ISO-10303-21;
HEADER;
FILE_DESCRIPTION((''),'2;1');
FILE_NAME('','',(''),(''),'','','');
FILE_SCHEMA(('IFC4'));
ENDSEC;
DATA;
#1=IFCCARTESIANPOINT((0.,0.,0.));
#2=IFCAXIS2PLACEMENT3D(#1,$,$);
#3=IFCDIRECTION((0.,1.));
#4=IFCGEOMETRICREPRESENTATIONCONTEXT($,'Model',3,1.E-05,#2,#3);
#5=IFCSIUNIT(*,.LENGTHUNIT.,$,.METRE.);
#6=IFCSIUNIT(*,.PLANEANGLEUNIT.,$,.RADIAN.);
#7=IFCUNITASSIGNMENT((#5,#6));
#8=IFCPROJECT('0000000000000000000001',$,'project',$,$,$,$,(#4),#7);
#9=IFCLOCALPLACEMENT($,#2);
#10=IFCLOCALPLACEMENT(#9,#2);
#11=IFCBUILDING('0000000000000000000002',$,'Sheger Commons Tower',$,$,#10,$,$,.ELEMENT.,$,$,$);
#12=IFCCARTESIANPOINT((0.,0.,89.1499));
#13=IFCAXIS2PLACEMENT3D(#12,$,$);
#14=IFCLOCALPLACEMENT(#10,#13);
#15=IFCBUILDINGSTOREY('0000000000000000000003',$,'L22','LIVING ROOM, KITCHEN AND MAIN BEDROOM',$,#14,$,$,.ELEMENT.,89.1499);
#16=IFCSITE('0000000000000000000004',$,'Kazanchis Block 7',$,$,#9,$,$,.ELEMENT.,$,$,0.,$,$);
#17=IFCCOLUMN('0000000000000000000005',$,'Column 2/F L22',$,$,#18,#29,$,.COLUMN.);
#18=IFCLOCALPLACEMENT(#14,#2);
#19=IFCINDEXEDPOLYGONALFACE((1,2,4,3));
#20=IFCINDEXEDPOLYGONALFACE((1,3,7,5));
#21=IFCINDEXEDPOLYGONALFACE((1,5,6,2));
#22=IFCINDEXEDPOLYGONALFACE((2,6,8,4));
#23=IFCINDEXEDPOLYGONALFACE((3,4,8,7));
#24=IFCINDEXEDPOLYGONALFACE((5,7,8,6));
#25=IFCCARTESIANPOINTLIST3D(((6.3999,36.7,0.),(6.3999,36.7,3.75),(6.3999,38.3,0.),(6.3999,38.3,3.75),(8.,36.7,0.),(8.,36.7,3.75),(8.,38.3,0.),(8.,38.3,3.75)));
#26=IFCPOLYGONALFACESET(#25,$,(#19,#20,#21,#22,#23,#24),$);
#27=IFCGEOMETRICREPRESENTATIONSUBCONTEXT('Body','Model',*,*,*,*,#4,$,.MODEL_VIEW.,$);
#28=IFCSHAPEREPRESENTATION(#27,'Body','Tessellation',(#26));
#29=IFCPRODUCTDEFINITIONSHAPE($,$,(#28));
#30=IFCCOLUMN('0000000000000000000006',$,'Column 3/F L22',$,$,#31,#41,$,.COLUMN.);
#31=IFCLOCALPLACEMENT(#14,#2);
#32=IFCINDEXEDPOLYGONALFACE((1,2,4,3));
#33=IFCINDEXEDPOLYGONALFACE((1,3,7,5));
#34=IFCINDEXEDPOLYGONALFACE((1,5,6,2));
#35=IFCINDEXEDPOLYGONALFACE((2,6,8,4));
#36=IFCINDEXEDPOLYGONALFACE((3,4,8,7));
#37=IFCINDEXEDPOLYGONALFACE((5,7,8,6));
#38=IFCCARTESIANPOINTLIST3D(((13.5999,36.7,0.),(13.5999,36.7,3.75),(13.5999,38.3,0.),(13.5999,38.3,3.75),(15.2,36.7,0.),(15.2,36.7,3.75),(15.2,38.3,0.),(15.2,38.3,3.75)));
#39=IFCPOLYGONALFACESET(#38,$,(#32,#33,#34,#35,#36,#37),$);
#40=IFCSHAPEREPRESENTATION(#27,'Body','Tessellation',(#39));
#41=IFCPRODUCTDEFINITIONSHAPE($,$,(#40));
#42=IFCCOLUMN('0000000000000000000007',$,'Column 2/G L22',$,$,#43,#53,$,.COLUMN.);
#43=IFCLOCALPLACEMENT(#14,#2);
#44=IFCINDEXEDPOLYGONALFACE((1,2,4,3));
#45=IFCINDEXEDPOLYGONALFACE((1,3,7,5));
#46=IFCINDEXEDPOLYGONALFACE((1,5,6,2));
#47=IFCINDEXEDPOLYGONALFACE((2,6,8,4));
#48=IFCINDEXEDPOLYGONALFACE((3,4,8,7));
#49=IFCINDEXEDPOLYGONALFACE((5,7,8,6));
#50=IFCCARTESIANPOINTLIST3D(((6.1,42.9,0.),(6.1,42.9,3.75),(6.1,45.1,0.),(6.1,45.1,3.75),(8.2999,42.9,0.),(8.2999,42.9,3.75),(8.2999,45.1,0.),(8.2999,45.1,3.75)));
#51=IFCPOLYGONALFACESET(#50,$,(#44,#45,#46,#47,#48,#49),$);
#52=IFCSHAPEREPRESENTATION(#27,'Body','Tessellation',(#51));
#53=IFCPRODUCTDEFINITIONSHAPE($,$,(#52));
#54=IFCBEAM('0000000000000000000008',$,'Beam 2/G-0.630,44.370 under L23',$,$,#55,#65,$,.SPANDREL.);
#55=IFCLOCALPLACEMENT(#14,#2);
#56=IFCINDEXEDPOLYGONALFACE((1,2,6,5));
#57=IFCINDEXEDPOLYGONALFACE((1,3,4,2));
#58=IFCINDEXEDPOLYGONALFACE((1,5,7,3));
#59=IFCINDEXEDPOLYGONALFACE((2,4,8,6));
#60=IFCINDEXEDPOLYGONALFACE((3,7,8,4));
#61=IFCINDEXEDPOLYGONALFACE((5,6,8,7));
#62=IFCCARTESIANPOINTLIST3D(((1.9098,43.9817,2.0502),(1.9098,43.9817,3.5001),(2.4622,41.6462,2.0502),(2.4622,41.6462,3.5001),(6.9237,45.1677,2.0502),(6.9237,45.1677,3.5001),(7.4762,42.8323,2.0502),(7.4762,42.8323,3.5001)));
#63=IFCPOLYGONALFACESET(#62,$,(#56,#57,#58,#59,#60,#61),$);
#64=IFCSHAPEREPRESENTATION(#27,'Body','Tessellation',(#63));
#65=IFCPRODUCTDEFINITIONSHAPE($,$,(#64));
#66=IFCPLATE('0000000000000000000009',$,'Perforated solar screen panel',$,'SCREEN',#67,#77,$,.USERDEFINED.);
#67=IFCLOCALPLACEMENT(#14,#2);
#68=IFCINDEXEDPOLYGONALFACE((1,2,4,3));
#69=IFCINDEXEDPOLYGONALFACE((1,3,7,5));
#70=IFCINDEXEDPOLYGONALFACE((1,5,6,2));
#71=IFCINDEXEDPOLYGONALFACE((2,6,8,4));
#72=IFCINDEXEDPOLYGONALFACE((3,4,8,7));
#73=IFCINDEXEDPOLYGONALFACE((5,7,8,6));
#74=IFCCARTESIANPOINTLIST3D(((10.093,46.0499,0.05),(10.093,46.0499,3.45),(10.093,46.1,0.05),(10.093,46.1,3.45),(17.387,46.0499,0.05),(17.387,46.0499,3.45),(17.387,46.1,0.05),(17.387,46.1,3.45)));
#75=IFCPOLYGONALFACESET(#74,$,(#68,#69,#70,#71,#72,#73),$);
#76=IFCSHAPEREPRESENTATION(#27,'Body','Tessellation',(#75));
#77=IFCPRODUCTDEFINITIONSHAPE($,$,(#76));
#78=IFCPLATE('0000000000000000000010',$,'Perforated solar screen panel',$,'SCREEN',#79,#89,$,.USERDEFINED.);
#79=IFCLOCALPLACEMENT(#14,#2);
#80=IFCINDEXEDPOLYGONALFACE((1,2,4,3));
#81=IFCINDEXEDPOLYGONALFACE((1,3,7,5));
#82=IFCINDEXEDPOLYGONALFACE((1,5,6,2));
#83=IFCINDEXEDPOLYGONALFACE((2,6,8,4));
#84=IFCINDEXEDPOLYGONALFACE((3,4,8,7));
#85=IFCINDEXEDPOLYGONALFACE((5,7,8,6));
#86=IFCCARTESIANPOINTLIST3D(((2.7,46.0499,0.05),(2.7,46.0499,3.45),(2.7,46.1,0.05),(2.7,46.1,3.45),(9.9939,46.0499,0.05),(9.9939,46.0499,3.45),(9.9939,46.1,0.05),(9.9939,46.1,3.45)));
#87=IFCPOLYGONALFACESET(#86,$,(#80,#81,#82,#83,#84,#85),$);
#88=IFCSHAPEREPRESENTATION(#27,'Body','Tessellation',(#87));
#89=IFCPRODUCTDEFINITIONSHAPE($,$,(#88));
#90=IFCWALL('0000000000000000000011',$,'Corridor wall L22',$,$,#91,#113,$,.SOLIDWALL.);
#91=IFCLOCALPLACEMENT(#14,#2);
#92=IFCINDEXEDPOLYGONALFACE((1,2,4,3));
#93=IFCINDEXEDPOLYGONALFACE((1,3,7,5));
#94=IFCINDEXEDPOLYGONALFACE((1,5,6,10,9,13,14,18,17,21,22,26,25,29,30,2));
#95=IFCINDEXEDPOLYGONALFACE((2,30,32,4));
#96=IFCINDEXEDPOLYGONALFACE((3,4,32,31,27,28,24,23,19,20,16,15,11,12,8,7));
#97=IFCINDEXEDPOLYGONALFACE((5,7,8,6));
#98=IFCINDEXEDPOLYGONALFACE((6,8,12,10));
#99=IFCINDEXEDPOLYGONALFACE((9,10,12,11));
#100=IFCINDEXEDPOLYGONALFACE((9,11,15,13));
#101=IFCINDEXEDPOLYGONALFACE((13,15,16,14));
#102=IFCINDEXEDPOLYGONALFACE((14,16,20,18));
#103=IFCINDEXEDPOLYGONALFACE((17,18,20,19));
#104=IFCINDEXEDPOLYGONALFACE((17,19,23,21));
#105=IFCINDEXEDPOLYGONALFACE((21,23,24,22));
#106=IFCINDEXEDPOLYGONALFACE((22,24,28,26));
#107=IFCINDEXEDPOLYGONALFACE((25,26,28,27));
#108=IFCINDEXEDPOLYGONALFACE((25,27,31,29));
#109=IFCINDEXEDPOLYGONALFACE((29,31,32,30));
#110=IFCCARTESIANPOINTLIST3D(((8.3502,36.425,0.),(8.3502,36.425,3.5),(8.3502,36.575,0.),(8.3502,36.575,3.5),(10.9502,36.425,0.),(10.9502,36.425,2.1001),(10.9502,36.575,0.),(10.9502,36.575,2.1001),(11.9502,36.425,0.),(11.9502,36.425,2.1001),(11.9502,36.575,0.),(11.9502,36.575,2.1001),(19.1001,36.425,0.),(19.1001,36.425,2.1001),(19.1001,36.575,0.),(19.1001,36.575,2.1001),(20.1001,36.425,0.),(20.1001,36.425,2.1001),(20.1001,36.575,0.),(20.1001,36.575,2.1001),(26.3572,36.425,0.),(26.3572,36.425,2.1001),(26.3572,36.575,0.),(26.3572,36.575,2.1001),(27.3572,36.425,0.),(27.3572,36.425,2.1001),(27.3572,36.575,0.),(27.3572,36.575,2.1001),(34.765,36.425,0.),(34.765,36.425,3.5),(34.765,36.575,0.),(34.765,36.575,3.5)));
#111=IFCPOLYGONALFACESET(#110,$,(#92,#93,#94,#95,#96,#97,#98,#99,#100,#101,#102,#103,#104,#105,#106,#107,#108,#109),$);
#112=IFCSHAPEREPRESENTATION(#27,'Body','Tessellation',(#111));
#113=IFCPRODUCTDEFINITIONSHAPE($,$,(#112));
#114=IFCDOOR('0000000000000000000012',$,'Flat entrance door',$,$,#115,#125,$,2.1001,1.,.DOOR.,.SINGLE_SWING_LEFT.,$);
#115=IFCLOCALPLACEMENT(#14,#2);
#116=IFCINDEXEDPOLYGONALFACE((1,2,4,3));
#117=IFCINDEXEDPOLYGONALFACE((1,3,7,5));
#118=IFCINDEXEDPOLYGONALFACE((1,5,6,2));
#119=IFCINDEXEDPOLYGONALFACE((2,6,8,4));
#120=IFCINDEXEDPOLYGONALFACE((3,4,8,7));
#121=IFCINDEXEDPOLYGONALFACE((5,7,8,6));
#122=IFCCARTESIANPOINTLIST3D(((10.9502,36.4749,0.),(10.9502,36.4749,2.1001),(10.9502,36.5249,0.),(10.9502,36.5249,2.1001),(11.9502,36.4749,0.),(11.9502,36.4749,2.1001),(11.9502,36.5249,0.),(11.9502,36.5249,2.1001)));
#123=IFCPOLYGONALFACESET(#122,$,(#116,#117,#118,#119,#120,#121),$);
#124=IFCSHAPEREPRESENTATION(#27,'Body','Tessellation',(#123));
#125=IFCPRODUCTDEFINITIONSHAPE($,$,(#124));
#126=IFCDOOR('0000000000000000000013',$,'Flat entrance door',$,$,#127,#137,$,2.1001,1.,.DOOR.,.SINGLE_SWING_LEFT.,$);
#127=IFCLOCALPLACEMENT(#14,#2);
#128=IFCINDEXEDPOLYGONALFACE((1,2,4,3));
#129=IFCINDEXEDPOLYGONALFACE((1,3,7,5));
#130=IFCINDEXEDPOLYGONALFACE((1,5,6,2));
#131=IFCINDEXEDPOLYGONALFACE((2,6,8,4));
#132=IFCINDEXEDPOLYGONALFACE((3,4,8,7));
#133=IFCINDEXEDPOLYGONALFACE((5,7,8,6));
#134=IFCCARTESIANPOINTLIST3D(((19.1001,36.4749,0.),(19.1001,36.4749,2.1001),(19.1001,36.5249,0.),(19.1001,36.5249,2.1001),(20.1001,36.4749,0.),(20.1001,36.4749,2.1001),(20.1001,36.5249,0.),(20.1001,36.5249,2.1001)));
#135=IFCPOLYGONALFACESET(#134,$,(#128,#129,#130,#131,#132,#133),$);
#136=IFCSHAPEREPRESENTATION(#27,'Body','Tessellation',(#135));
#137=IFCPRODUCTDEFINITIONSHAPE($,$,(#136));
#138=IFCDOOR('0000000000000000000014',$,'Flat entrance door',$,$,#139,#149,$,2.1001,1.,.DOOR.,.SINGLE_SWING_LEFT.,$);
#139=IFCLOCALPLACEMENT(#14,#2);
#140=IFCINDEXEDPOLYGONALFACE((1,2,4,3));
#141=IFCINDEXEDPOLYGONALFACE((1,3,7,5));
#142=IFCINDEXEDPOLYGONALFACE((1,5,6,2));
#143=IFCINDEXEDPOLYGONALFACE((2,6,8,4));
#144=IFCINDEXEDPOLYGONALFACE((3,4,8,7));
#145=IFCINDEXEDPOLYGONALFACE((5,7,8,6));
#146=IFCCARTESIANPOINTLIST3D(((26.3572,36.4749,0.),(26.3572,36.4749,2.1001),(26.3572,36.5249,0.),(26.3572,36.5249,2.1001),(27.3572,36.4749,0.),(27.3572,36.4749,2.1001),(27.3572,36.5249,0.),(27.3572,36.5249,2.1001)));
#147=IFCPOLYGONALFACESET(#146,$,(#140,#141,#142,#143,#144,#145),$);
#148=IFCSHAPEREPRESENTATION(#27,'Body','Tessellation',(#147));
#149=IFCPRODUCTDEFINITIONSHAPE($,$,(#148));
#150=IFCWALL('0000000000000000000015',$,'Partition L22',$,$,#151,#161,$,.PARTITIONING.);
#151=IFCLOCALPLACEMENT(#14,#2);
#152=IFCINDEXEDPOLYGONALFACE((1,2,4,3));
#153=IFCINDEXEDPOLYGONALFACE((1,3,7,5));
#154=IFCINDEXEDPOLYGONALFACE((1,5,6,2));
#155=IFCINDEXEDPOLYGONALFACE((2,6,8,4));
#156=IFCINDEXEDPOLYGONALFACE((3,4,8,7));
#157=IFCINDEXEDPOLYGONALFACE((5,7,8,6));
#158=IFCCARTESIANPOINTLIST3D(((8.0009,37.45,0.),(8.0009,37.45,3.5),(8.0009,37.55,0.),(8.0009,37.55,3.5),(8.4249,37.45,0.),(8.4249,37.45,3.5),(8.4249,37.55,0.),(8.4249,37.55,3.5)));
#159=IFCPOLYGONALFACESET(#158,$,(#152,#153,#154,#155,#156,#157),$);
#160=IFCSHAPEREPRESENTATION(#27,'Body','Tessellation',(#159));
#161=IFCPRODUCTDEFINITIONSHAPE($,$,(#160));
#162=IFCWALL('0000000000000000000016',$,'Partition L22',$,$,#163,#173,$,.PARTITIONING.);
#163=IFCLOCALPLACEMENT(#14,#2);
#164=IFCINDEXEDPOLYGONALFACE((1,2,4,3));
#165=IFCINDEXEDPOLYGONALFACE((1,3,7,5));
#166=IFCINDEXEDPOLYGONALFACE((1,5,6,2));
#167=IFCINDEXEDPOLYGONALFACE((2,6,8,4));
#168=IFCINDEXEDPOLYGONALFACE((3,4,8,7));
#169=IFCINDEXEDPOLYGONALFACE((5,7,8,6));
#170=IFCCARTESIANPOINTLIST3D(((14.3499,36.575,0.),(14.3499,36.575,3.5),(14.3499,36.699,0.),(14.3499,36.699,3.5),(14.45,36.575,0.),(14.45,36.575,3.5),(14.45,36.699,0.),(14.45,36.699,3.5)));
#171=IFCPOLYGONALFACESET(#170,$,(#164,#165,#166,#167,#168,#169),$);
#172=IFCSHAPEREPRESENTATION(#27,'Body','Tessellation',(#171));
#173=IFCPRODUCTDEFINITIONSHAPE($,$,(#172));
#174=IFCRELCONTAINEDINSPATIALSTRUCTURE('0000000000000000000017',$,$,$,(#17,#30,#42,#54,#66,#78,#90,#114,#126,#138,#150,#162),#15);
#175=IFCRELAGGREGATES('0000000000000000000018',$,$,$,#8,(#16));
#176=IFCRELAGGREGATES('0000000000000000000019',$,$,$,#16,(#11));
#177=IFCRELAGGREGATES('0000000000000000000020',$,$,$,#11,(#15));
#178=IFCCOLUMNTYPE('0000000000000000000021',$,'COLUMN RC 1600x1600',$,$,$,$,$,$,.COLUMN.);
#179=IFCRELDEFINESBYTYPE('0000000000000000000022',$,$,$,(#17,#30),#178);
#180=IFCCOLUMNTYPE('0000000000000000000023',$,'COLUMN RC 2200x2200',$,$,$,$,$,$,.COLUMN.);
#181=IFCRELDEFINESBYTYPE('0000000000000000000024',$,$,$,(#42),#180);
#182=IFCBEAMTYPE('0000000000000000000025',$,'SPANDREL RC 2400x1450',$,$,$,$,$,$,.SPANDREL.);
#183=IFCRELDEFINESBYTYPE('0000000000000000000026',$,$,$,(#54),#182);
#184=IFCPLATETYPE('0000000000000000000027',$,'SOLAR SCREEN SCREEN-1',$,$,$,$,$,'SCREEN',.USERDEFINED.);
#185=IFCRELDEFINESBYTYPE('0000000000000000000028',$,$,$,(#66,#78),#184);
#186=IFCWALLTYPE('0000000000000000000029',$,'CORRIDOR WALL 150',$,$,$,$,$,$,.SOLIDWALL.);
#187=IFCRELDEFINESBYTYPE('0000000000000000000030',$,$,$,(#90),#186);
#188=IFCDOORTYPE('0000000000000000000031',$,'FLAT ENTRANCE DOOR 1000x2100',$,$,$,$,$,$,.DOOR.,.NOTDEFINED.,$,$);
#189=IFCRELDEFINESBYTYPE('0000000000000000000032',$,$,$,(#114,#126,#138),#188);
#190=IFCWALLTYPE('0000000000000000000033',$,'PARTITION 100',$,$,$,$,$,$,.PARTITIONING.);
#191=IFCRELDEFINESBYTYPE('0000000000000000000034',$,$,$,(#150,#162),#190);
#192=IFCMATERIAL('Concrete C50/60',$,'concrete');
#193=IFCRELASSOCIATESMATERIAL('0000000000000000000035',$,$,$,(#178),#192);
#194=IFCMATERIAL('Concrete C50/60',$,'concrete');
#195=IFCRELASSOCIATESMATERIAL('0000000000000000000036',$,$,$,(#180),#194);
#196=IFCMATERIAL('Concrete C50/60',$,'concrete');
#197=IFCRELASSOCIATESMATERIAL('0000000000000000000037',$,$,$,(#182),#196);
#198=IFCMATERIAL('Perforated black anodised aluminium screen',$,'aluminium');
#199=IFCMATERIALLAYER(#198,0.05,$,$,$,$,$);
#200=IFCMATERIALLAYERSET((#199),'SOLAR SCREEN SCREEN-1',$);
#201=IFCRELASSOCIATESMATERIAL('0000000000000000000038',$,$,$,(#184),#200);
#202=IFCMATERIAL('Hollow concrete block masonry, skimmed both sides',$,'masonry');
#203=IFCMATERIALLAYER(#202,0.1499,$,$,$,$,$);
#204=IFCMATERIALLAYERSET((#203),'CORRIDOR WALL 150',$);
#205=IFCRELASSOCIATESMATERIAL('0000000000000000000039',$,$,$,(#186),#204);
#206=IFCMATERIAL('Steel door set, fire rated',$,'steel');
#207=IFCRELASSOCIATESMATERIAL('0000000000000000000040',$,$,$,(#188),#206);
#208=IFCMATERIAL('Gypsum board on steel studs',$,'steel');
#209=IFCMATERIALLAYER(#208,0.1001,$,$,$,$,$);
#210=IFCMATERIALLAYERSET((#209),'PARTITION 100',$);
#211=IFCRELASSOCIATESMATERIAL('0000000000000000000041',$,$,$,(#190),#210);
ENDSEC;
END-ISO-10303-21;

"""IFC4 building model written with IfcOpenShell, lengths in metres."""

from ifc_helpers import new_model, si_unit, direction, frame, frame_2d, origin, origin_2d, place, context, subcontext, project, spatial, rectangle, extrude, material, layer, layer_set, material_profile, profile_set, type_object, element, fill, save


model = new_model("IFC4")

# Units and contexts
model_context = context("Model", 3, precision=1e-05, world=origin(), true_north=direction((0.0, 1.0)))
body_context = subcontext(model_context, "Body", "Model", "MODEL_VIEW")
ifc_project = project(units=[si_unit("LENGTHUNIT", "METRE"), si_unit("PLANEANGLEUNIT", "RADIAN")], contexts=[model_context])

# Site, building, storey
site_placement = place(None, origin())
site = spatial("IfcSite", under=ifc_project, at=site_placement, Name="Kazanchis Block 7", CompositionType="ELEMENT", RefElevation=0.0)
building_placement = place(site_placement, origin())
building = spatial("IfcBuilding", under=site, at=building_placement, Name="Sheger Commons Tower", CompositionType="ELEMENT")
storey_placement = place(building_placement, frame((0.0, 0.0, 89.1499)))
storey = spatial("IfcBuildingStorey", under=building, at=storey_placement, Name="L22", Description="LIVING ROOM, KITCHEN AND MAIN BEDROOM", CompositionType="ELEMENT", Elevation=89.1499)

# Columns
ifc_material_1 = material(Name="Concrete C50/60", Category="concrete")
ifc_material_profile_1 = material_profile(ifc_material_1, rectangle(XDim=1.6001, YDim=1.6001, at=origin_2d()), Name="RC 1600x1600")
ifc_profile_set_1 = profile_set([ifc_material_profile_1], Name="Concrete C50/60")
column_type_1 = type_object("IfcColumnType", Name="COLUMN RC 1600x1600", PredefinedType="COLUMN", material=ifc_profile_set_1)
for number, where, z_axis, x_axis, name in (
    (1, (7.2, 37.5, 0.0), (0.0, 0.0, 1.0), (1.0, 0.0, 0.0), "Column 2/F L22"),
    (2, (14.3999, 37.5, 0.0), (0.0, 0.0, 1.0), (1.0, 0.0, 0.0), "Column 3/F L22"),
):
    element("IfcColumn", number, at=place(storey_placement, frame(where, z_axis=z_axis, x_axis=x_axis)), inside=storey, type_object=column_type_1, Name=name, PredefinedType="COLUMN", context=body_context, shape_type="SweptSolid", body=[
        extrude(rectangle(XDim=1.6001, YDim=1.6001, at=origin_2d()), origin(), (0.0, 0.0, 1.0), 3.75),
    ])
ifc_material_2 = material(Name="Concrete C50/60", Category="concrete")
ifc_material_profile_2 = material_profile(ifc_material_2, rectangle(XDim=2.2, YDim=2.2, at=origin_2d()), Name="RC 2200x2200")
ifc_profile_set_2 = profile_set([ifc_material_profile_2], Name="Concrete C50/60")
column_type_2 = type_object("IfcColumnType", Name="COLUMN RC 2200x2200", PredefinedType="COLUMN", material=ifc_profile_set_2)
column_placement = place(storey_placement, frame((7.2, 44.0, 0.0), z_axis=(0.0, 0.0, 1.0), x_axis=(1.0, 0.0, 0.0)))
element("IfcColumn", 3, at=column_placement, inside=storey, type_object=column_type_2, Name="Column 2/G L22", PredefinedType="COLUMN", context=body_context, shape_type="SweptSolid", body=[
    extrude(rectangle(XDim=2.2, YDim=2.2, at=origin_2d()), origin(), (0.0, 0.0, 1.0), 3.75),
])

# Beam
ifc_material_3 = material(Name="Concrete C50/60", Category="concrete")
ifc_material_profile_3 = material_profile(ifc_material_3, rectangle(XDim=2.3999, YDim=1.45, at=origin_2d()), Name="RC 2400x1450")
ifc_profile_set_3 = profile_set([ifc_material_profile_3], Name="Concrete C50/60")
beam_type = type_object("IfcBeamType", Name="SPANDREL RC 2400x1450", PredefinedType="SPANDREL", material=ifc_profile_set_3)
beam_placement = place(storey_placement, frame((7.2, 44.0, 2.7751), z_axis=(-0.973144, -0.230196, 0.0), x_axis=(0.230196, -0.973144, 0.0)))
element("IfcBeam", 4, at=beam_placement, inside=storey, type_object=beam_type, Name="Beam 2/G-0.630,44.370 under L23", PredefinedType="SPANDREL", context=body_context, shape_type="SweptSolid", body=[
    extrude(rectangle(XDim=2.3999, YDim=1.45, at=origin_2d()), origin(), (0.0, 0.0, 1.0), 5.1523),
])

# Plates
ifc_material_4 = material(Name="Perforated black anodised aluminium screen", Category="aluminium")
ifc_layer_1 = layer(ifc_material_4, 0.05)
ifc_layer_set_1 = layer_set([ifc_layer_1], Name="SOLAR SCREEN SCREEN-1")
plate_type = type_object("IfcPlateType", Name="SOLAR SCREEN SCREEN-1", ElementType="SCREEN", PredefinedType="USERDEFINED", material=ifc_layer_set_1)
for number, where, z_axis, x_axis, name in (
    (5, (13.74, 46.075, 0.05), (0.0, 0.0, 1.0), (-1.0, 0.0, 0.0), "Perforated solar screen panel"),
    (6, (6.3469, 46.075, 0.05), (0.0, 0.0, 1.0), (-1.0, 0.0, 0.0), "Perforated solar screen panel"),
):
    element("IfcPlate", number, at=place(storey_placement, frame(where, z_axis=z_axis, x_axis=x_axis)), inside=storey, type_object=plate_type, Name=name, ObjectType="SCREEN", PredefinedType="USERDEFINED", context=body_context, shape_type="SweptSolid", body=[
        extrude(rectangle(XDim=7.2939, YDim=0.05, at=origin_2d()), origin(), (0.0, 0.0, 1.0), 3.3999),
    ])

# Wall, openings, doors
ifc_material_5 = material(Name="Hollow concrete block masonry, skimmed both sides", Category="masonry")
ifc_layer_2 = layer(ifc_material_5, 0.1499)
ifc_layer_set_2 = layer_set([ifc_layer_2], Name="CORRIDOR WALL 150")
wall_type_1 = type_object("IfcWallType", Name="CORRIDOR WALL 150", PredefinedType="SOLIDWALL", material=ifc_layer_set_2)
wall_1_placement = place(storey_placement, frame((8.3501, 36.5, 0.0), z_axis=(0.0, 0.0, 1.0), x_axis=(1.0, 0.0, 0.0)))
wall_1 = element("IfcWall", 7, at=wall_1_placement, inside=storey, type_object=wall_type_1, Name="Corridor wall L22", PredefinedType="SOLIDWALL", context=body_context, shape_type="SweptSolid", body=[
    extrude(rectangle(XDim=26.4148, YDim=0.1499, at=frame_2d((13.2075, 0.0))), origin(), (0.0, 0.0, 1.0), 3.5),
])
opening_1_placement = place(wall_1_placement, frame((2.6001, 0.0, 0.0)))
opening_1 = element("IfcOpeningElement", 8, at=opening_1_placement, cuts=wall_1, PredefinedType="OPENING", context=body_context, shape_type="SweptSolid", body=[
    extrude(rectangle(XDim=1.0, YDim=2.1001, at=frame_2d((0.5, 1.05))), frame((0.0, 0.085, 0.0), z_axis=(0.0, -1.0, 0.0), x_axis=(1.0, 0.0, 0.0)), (0.0, 0.0, 1.0), 0.1699),
])
opening_2_placement = place(wall_1_placement, frame((10.75, 0.0, 0.0)))
opening_2 = element("IfcOpeningElement", 9, at=opening_2_placement, cuts=wall_1, PredefinedType="OPENING", context=body_context, shape_type="SweptSolid", body=[
    extrude(rectangle(XDim=1.0, YDim=2.1001, at=frame_2d((0.5, 1.05))), frame((0.0, 0.085, 0.0), z_axis=(0.0, -1.0, 0.0), x_axis=(1.0, 0.0, 0.0)), (0.0, 0.0, 1.0), 0.1699),
])
opening_3_placement = place(wall_1_placement, frame((18.0071, 0.0, 0.0)))
opening_3 = element("IfcOpeningElement", 10, at=opening_3_placement, cuts=wall_1, PredefinedType="OPENING", context=body_context, shape_type="SweptSolid", body=[
    extrude(rectangle(XDim=1.0, YDim=2.1001, at=frame_2d((0.5, 1.05))), frame((0.0, 0.085, 0.0), z_axis=(0.0, -1.0, 0.0), x_axis=(1.0, 0.0, 0.0)), (0.0, 0.0, 1.0), 0.1699),
])
ifc_material_6 = material(Name="Steel door set, fire rated", Category="steel")
door_type_1 = type_object("IfcDoorType", Name="FLAT ENTRANCE DOOR 1000x2100", OperationType="NOTDEFINED", PredefinedType="DOOR", material=ifc_material_6)
door_1_placement = place(opening_1_placement, origin())
door_1 = element("IfcDoor", 11, at=door_1_placement, inside=storey, type_object=door_type_1, Name="Flat entrance door", OperationType="SINGLE_SWING_LEFT", OverallHeight=2.1001, OverallWidth=1.0, PredefinedType="DOOR", context=body_context, shape_type="SweptSolid", body=[
    extrude(rectangle(XDim=1.0, YDim=2.1001, at=frame_2d((0.5, 1.05))), frame((0.0, 0.0249, 0.0), z_axis=(0.0, -1.0, 0.0), x_axis=(1.0, 0.0, 0.0)), (0.0, 0.0, 1.0), 0.05),
])
fill(opening_1, door_1)
door_2_placement = place(opening_2_placement, origin())
door_2 = element("IfcDoor", 12, at=door_2_placement, inside=storey, type_object=door_type_1, Name="Flat entrance door", OperationType="SINGLE_SWING_LEFT", OverallHeight=2.1001, OverallWidth=1.0, PredefinedType="DOOR", context=body_context, shape_type="SweptSolid", body=[
    extrude(rectangle(XDim=1.0, YDim=2.1001, at=frame_2d((0.5, 1.05))), frame((0.0, 0.0249, 0.0), z_axis=(0.0, -1.0, 0.0), x_axis=(1.0, 0.0, 0.0)), (0.0, 0.0, 1.0), 0.05),
])
fill(opening_2, door_2)
door_3_placement = place(opening_3_placement, origin())
door_3 = element("IfcDoor", 13, at=door_3_placement, inside=storey, type_object=door_type_1, Name="Flat entrance door", OperationType="SINGLE_SWING_LEFT", OverallHeight=2.1001, OverallWidth=1.0, PredefinedType="DOOR", context=body_context, shape_type="SweptSolid", body=[
    extrude(rectangle(XDim=1.0, YDim=2.1001, at=frame_2d((0.5, 1.05))), frame((0.0, 0.0249, 0.0), z_axis=(0.0, -1.0, 0.0), x_axis=(1.0, 0.0, 0.0)), (0.0, 0.0, 1.0), 0.05),
])
fill(opening_3, door_3)

# Walls
ifc_material_7 = material(Name="Gypsum board on steel studs", Category="steel")
ifc_layer_3 = layer(ifc_material_7, 0.1001)
ifc_layer_set_3 = layer_set([ifc_layer_3], Name="PARTITION 100")
wall_type_2 = type_object("IfcWallType", Name="PARTITION 100", PredefinedType="PARTITIONING", material=ifc_layer_set_3)
wall_2_placement = place(storey_placement, frame((8.001, 37.5, 0.0), z_axis=(0.0, 0.0, 1.0), x_axis=(1.0, 0.0, 0.0)))
element("IfcWall", 14, at=wall_2_placement, inside=storey, type_object=wall_type_2, Name="Partition L22", PredefinedType="PARTITIONING", context=body_context, shape_type="SweptSolid", body=[
    extrude(rectangle(XDim=0.4241, YDim=0.1001, at=frame_2d((0.2119, 0.0))), origin(), (0.0, 0.0, 1.0), 3.5),
])
wall_3_placement = place(storey_placement, frame((14.3999, 36.575, 0.0), z_axis=(0.0, 0.0, 1.0), x_axis=(0.0, 1.0, 0.0)))
element("IfcWall", 15, at=wall_3_placement, inside=storey, type_object=wall_type_2, Name="Partition L22", PredefinedType="PARTITIONING", context=body_context, shape_type="SweptSolid", body=[
    extrude(rectangle(XDim=0.124, YDim=0.1001, at=frame_2d((0.062, 0.0))), origin(), (0.0, 0.0, 1.0), 3.5),
])

save(model, "model.ifc")
